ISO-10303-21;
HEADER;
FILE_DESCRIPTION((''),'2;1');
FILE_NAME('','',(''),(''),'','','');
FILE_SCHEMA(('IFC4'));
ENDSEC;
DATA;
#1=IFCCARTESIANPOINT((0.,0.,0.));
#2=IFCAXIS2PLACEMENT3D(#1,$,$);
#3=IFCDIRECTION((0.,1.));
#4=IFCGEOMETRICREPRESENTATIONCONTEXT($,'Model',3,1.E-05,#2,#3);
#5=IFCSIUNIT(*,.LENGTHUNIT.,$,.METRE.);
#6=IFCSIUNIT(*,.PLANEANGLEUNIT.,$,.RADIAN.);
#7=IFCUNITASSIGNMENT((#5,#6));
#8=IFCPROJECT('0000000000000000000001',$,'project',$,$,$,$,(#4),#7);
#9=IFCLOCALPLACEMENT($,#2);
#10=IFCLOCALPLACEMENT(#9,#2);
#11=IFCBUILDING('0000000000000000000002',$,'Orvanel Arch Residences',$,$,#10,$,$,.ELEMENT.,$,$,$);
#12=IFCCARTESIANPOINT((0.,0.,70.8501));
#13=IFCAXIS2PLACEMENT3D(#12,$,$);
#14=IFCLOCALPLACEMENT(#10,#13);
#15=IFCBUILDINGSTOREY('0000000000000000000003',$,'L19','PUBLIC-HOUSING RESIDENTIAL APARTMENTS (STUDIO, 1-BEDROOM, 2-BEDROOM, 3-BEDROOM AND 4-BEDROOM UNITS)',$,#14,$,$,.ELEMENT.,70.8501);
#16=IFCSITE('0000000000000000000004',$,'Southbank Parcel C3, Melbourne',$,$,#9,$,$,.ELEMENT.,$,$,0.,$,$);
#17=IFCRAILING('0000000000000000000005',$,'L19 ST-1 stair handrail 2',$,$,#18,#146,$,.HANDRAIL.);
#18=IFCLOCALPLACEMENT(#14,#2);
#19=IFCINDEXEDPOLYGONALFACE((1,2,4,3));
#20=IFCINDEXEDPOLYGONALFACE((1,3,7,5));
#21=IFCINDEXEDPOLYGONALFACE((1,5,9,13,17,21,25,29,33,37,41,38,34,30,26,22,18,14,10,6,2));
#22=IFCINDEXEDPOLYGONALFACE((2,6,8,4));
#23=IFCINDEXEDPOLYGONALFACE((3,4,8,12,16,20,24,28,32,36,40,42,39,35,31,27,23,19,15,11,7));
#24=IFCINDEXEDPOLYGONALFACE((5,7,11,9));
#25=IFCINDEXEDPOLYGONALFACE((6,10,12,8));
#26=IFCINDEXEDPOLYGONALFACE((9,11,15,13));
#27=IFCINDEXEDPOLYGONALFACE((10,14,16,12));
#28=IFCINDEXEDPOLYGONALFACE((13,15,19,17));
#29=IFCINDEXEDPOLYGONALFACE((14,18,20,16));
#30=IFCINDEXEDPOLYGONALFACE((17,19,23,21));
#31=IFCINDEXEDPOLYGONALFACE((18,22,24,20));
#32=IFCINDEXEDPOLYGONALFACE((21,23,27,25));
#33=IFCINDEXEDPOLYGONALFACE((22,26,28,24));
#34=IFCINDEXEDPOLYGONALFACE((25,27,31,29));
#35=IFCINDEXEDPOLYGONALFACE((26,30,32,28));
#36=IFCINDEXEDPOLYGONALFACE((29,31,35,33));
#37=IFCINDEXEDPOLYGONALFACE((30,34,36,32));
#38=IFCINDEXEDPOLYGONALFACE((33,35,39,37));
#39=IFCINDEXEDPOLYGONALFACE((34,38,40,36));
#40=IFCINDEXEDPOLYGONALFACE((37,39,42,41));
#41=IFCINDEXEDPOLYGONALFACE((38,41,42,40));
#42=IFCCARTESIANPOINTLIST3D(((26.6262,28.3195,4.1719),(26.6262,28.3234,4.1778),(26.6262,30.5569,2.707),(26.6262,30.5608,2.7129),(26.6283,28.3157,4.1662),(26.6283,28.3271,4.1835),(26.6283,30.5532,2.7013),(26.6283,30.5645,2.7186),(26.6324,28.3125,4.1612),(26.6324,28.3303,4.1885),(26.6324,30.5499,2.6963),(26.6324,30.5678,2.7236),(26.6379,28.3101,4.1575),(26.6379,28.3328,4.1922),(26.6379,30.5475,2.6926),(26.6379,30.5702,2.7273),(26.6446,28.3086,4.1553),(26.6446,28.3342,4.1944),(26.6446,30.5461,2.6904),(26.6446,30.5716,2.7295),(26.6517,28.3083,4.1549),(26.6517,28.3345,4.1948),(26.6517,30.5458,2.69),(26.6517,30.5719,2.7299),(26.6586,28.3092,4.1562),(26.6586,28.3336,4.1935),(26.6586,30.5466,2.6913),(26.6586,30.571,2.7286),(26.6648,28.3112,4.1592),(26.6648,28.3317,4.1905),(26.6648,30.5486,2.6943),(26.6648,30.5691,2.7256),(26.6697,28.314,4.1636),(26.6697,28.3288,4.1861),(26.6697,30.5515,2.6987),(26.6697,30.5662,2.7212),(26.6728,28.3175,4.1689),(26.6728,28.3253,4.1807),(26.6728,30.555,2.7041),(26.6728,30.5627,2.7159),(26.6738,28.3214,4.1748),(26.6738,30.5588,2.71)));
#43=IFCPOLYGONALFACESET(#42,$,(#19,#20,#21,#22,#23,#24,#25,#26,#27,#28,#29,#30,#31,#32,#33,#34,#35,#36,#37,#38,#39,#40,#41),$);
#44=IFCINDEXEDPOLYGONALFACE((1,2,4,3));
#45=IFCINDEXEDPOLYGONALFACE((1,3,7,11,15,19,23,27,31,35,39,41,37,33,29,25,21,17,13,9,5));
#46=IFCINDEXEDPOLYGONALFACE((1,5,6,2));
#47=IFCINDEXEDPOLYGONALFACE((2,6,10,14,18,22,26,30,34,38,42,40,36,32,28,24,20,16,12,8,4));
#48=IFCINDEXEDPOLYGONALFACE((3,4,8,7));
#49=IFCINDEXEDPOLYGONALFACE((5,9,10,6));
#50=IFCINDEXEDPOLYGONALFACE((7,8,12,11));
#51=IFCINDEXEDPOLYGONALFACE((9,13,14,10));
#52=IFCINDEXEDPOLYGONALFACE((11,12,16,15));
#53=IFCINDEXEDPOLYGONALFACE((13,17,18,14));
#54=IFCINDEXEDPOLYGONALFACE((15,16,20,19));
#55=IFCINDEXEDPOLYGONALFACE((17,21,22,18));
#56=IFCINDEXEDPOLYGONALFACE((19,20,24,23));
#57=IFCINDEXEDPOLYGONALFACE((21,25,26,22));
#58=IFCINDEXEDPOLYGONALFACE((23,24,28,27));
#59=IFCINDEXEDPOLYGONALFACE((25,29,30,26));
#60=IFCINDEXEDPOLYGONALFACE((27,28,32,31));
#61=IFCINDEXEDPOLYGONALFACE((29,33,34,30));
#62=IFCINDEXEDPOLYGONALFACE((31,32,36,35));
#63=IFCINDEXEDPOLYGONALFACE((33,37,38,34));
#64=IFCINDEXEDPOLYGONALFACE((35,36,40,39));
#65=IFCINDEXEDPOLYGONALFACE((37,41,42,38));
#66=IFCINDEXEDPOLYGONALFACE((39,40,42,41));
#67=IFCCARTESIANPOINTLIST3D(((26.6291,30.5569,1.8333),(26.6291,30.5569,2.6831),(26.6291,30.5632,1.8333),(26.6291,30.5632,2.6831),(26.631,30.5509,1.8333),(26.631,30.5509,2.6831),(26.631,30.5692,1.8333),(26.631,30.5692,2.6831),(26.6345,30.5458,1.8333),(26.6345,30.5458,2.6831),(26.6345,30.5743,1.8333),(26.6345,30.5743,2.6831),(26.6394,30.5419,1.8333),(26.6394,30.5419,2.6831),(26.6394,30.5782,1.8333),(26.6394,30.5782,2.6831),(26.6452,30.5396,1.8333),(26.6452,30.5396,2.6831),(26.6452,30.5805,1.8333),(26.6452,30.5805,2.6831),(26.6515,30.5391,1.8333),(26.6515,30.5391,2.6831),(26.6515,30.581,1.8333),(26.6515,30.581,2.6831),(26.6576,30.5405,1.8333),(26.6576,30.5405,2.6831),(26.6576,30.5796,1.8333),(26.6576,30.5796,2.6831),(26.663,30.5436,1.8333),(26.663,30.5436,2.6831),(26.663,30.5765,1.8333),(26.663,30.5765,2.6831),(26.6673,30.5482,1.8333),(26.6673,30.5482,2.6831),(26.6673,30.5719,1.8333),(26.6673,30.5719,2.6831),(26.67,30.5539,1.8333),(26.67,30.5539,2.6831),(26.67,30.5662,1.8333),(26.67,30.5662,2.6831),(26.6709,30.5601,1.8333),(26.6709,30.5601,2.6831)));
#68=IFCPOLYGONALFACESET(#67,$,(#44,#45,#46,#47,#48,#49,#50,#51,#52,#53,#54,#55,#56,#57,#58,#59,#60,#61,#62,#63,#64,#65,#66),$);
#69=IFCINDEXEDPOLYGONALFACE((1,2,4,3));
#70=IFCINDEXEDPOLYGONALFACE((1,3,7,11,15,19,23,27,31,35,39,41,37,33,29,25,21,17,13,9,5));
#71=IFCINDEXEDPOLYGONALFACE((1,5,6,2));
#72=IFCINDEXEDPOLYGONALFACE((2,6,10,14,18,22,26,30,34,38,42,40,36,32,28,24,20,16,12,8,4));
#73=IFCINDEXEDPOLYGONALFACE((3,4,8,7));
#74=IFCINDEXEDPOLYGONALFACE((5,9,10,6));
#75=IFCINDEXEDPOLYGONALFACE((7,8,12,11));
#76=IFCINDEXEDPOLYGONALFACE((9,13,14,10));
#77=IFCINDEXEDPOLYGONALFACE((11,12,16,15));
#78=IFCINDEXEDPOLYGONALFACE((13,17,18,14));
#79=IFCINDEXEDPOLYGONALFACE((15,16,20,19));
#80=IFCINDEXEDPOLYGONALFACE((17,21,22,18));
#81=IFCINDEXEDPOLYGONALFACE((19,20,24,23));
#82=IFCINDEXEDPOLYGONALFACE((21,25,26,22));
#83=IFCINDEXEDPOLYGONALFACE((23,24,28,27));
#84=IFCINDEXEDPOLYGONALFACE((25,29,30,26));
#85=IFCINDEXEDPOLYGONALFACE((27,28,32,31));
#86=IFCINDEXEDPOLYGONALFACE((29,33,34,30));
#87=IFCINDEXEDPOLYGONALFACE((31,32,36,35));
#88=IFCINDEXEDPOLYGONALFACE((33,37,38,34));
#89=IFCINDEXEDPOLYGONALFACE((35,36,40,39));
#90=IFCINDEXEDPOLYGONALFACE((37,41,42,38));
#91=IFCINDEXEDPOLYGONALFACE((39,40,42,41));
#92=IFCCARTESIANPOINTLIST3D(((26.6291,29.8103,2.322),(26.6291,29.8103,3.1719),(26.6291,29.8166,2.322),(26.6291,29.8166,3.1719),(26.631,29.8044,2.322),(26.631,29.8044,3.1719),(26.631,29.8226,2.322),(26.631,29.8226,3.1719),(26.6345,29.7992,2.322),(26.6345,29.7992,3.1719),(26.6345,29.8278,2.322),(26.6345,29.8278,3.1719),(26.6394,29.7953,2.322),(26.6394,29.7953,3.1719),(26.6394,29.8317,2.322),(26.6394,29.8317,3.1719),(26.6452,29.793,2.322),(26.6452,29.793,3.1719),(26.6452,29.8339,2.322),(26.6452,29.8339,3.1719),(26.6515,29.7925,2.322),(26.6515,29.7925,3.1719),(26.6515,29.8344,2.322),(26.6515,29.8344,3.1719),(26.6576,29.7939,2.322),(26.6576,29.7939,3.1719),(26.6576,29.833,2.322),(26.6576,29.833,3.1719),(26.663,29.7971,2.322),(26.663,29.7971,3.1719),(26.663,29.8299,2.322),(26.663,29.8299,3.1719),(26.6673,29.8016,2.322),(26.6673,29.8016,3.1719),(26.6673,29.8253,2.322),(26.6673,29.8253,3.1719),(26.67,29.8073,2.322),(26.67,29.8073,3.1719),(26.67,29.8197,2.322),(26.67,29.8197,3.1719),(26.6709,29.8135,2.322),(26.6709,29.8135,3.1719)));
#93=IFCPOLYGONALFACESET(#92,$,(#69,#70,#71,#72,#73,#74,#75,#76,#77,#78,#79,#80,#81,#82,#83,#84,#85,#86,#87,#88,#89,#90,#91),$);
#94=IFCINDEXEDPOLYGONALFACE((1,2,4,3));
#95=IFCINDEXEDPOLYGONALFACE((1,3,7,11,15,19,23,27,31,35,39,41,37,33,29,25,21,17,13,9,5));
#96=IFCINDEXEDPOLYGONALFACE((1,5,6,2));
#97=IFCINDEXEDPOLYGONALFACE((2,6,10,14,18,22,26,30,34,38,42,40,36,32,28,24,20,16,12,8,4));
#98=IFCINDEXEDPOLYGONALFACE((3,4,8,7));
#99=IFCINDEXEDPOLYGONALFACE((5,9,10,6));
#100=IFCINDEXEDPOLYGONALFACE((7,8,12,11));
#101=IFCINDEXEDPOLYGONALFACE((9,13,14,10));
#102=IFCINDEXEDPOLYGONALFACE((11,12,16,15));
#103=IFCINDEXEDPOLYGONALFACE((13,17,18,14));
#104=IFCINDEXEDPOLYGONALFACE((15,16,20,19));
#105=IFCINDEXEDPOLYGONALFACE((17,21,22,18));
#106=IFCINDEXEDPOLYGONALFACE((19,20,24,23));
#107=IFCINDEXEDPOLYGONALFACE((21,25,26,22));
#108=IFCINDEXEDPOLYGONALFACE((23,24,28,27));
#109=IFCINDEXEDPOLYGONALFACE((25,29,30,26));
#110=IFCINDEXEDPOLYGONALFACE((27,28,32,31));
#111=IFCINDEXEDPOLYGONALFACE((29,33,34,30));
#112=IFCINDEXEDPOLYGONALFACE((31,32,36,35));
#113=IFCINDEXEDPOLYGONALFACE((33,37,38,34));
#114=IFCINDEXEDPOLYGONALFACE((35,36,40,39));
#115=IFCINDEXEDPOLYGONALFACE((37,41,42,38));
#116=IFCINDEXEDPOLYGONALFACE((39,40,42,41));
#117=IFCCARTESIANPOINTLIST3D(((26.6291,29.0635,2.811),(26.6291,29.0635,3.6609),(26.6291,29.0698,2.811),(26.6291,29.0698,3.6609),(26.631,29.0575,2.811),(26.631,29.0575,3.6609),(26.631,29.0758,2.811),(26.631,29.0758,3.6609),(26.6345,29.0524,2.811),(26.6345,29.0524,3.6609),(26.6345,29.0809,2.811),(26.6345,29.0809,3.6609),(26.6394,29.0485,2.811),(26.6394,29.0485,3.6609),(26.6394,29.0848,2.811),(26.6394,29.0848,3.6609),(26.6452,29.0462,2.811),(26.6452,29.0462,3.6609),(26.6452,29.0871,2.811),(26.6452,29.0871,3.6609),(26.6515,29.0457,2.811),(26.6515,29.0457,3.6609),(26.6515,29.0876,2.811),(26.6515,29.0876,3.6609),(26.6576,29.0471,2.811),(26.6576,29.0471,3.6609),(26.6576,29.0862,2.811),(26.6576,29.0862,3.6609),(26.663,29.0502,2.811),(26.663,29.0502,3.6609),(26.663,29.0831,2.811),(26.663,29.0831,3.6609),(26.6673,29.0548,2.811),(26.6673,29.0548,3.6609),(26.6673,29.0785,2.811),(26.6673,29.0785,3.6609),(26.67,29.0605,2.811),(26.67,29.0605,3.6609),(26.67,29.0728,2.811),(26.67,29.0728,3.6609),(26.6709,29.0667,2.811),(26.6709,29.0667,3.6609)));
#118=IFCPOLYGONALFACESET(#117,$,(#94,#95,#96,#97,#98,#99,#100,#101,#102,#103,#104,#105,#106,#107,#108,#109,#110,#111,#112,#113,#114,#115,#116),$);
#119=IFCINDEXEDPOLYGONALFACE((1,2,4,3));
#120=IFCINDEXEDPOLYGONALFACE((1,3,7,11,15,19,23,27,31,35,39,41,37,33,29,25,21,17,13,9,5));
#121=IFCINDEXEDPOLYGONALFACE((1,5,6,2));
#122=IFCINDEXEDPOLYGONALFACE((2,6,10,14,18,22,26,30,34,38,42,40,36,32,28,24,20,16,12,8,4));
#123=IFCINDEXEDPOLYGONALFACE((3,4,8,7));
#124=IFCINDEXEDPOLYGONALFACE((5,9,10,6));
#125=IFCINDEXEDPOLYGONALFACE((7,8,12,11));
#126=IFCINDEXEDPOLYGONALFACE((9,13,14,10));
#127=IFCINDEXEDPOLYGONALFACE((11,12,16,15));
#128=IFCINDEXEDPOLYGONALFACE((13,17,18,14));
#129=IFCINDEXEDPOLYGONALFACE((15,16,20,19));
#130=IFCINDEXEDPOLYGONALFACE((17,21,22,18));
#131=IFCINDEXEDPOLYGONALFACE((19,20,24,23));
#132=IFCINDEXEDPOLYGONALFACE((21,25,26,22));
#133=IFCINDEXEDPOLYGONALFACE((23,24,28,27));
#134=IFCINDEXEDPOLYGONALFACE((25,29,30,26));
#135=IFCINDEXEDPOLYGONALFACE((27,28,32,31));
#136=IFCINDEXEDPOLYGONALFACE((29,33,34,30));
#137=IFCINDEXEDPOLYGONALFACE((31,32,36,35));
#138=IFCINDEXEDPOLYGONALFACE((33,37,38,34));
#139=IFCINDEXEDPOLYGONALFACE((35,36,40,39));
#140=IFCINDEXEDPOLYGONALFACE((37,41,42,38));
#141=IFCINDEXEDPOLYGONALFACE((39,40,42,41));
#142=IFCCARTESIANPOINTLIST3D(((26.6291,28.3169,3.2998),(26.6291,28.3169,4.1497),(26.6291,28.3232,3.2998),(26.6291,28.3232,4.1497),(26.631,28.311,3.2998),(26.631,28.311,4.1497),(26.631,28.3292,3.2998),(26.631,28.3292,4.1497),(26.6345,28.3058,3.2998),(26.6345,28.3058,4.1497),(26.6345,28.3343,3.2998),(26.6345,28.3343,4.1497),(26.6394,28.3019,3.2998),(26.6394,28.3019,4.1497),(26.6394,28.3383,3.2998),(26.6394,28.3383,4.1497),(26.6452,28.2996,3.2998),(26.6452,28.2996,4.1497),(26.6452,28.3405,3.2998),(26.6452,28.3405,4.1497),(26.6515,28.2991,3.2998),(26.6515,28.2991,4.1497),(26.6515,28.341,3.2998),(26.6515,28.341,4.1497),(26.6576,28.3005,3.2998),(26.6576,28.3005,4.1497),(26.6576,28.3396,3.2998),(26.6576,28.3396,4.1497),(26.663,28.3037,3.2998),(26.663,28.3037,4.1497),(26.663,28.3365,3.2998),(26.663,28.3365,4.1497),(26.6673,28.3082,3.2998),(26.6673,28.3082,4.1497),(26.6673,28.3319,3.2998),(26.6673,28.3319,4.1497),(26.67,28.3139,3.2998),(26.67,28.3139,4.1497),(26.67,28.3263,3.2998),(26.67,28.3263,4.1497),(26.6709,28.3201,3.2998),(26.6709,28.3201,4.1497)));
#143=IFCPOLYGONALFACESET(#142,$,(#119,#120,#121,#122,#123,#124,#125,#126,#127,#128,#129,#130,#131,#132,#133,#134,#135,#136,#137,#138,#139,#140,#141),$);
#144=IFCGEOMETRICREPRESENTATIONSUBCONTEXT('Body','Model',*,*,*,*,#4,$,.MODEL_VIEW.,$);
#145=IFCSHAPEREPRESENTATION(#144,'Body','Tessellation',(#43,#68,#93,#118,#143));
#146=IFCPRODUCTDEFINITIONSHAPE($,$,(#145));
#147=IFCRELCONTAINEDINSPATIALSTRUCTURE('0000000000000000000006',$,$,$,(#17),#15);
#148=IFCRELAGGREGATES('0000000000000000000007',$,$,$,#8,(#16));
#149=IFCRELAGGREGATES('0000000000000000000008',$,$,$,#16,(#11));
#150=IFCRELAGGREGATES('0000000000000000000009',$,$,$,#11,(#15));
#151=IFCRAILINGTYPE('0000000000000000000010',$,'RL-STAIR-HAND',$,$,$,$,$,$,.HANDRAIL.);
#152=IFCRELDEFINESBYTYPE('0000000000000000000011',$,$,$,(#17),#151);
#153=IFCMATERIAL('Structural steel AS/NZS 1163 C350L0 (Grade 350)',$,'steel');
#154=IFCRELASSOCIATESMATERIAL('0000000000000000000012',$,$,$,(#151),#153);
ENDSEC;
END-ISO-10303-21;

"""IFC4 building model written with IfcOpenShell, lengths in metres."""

from ifc_helpers import new_model, si_unit, direction, frame, origin, origin_2d, place, context, subcontext, project, spatial, circle, extrude, material, type_object, element, save


model = new_model("IFC4")

# Units and contexts
model_context = context("Model", 3, precision=1e-05, world=origin(), true_north=direction((0.0, 1.0)))
body_context = subcontext(model_context, "Body", "Model", "MODEL_VIEW")
ifc_project = project(units=[si_unit("LENGTHUNIT", "METRE"), si_unit("PLANEANGLEUNIT", "RADIAN")], contexts=[model_context])

# Site, building, storey
site_placement = place(None, origin())
site = spatial("IfcSite", under=ifc_project, at=site_placement, Name="Southbank Parcel C3, Melbourne", CompositionType="ELEMENT", RefElevation=0.0)
building_placement = place(site_placement, origin())
building = spatial("IfcBuilding", under=site, at=building_placement, Name="Orvanel Arch Residences", CompositionType="ELEMENT")
storey_placement = place(building_placement, frame((0.0, 0.0, 70.8501)))
storey = spatial("IfcBuildingStorey", under=building, at=storey_placement, Name="L19", Description="PUBLIC-HOUSING RESIDENTIAL APARTMENTS (STUDIO, 1-BEDROOM, 2-BEDROOM, 3-BEDROOM AND 4-BEDROOM UNITS)", CompositionType="ELEMENT", Elevation=70.8501)

# Railing
ifc_material_1 = material(Name="Structural steel AS/NZS 1163 C350L0 (Grade 350)", Category="steel")
railing_type_1 = type_object("IfcRailingType", Name="RL-STAIR-HAND", PredefinedType="HANDRAIL", material=ifc_material_1)
railing_1_placement = place(storey_placement, frame((26.6499, 30.5601, 1.8333)))
element("IfcRailing", 1, at=railing_1_placement, inside=storey, type_object=railing_type_1, Name="L19 ST-1 stair handrail 2", PredefinedType="HANDRAIL", context=body_context, shape_type="SweptSolid", body=[
    extrude(circle(Radius=0.0239, at=origin_2d()), frame((0.0, -0.0012, 0.8767), z_axis=(0.0, -0.836637, 0.547758), x_axis=(1.0, 0.0, 0.0)), (0.0, 0.0, 1.0), 2.6743),
    extrude(circle(Radius=0.021, at=origin_2d()), origin(), (0.0, 0.0, 1.0), 0.8499),
    extrude(circle(Radius=0.021, at=origin_2d()), frame((0.0, -0.7466, 0.4888)), (0.0, 0.0, 1.0), 0.8499),
    extrude(circle(Radius=0.021, at=origin_2d()), frame((0.0, -1.4934, 0.9778)), (0.0, 0.0, 1.0), 0.8499),
    extrude(circle(Radius=0.021, at=origin_2d()), frame((0.0, -2.24, 1.4666)), (0.0, 0.0, 1.0), 0.8499),
])

save(model, "model.ifc")
